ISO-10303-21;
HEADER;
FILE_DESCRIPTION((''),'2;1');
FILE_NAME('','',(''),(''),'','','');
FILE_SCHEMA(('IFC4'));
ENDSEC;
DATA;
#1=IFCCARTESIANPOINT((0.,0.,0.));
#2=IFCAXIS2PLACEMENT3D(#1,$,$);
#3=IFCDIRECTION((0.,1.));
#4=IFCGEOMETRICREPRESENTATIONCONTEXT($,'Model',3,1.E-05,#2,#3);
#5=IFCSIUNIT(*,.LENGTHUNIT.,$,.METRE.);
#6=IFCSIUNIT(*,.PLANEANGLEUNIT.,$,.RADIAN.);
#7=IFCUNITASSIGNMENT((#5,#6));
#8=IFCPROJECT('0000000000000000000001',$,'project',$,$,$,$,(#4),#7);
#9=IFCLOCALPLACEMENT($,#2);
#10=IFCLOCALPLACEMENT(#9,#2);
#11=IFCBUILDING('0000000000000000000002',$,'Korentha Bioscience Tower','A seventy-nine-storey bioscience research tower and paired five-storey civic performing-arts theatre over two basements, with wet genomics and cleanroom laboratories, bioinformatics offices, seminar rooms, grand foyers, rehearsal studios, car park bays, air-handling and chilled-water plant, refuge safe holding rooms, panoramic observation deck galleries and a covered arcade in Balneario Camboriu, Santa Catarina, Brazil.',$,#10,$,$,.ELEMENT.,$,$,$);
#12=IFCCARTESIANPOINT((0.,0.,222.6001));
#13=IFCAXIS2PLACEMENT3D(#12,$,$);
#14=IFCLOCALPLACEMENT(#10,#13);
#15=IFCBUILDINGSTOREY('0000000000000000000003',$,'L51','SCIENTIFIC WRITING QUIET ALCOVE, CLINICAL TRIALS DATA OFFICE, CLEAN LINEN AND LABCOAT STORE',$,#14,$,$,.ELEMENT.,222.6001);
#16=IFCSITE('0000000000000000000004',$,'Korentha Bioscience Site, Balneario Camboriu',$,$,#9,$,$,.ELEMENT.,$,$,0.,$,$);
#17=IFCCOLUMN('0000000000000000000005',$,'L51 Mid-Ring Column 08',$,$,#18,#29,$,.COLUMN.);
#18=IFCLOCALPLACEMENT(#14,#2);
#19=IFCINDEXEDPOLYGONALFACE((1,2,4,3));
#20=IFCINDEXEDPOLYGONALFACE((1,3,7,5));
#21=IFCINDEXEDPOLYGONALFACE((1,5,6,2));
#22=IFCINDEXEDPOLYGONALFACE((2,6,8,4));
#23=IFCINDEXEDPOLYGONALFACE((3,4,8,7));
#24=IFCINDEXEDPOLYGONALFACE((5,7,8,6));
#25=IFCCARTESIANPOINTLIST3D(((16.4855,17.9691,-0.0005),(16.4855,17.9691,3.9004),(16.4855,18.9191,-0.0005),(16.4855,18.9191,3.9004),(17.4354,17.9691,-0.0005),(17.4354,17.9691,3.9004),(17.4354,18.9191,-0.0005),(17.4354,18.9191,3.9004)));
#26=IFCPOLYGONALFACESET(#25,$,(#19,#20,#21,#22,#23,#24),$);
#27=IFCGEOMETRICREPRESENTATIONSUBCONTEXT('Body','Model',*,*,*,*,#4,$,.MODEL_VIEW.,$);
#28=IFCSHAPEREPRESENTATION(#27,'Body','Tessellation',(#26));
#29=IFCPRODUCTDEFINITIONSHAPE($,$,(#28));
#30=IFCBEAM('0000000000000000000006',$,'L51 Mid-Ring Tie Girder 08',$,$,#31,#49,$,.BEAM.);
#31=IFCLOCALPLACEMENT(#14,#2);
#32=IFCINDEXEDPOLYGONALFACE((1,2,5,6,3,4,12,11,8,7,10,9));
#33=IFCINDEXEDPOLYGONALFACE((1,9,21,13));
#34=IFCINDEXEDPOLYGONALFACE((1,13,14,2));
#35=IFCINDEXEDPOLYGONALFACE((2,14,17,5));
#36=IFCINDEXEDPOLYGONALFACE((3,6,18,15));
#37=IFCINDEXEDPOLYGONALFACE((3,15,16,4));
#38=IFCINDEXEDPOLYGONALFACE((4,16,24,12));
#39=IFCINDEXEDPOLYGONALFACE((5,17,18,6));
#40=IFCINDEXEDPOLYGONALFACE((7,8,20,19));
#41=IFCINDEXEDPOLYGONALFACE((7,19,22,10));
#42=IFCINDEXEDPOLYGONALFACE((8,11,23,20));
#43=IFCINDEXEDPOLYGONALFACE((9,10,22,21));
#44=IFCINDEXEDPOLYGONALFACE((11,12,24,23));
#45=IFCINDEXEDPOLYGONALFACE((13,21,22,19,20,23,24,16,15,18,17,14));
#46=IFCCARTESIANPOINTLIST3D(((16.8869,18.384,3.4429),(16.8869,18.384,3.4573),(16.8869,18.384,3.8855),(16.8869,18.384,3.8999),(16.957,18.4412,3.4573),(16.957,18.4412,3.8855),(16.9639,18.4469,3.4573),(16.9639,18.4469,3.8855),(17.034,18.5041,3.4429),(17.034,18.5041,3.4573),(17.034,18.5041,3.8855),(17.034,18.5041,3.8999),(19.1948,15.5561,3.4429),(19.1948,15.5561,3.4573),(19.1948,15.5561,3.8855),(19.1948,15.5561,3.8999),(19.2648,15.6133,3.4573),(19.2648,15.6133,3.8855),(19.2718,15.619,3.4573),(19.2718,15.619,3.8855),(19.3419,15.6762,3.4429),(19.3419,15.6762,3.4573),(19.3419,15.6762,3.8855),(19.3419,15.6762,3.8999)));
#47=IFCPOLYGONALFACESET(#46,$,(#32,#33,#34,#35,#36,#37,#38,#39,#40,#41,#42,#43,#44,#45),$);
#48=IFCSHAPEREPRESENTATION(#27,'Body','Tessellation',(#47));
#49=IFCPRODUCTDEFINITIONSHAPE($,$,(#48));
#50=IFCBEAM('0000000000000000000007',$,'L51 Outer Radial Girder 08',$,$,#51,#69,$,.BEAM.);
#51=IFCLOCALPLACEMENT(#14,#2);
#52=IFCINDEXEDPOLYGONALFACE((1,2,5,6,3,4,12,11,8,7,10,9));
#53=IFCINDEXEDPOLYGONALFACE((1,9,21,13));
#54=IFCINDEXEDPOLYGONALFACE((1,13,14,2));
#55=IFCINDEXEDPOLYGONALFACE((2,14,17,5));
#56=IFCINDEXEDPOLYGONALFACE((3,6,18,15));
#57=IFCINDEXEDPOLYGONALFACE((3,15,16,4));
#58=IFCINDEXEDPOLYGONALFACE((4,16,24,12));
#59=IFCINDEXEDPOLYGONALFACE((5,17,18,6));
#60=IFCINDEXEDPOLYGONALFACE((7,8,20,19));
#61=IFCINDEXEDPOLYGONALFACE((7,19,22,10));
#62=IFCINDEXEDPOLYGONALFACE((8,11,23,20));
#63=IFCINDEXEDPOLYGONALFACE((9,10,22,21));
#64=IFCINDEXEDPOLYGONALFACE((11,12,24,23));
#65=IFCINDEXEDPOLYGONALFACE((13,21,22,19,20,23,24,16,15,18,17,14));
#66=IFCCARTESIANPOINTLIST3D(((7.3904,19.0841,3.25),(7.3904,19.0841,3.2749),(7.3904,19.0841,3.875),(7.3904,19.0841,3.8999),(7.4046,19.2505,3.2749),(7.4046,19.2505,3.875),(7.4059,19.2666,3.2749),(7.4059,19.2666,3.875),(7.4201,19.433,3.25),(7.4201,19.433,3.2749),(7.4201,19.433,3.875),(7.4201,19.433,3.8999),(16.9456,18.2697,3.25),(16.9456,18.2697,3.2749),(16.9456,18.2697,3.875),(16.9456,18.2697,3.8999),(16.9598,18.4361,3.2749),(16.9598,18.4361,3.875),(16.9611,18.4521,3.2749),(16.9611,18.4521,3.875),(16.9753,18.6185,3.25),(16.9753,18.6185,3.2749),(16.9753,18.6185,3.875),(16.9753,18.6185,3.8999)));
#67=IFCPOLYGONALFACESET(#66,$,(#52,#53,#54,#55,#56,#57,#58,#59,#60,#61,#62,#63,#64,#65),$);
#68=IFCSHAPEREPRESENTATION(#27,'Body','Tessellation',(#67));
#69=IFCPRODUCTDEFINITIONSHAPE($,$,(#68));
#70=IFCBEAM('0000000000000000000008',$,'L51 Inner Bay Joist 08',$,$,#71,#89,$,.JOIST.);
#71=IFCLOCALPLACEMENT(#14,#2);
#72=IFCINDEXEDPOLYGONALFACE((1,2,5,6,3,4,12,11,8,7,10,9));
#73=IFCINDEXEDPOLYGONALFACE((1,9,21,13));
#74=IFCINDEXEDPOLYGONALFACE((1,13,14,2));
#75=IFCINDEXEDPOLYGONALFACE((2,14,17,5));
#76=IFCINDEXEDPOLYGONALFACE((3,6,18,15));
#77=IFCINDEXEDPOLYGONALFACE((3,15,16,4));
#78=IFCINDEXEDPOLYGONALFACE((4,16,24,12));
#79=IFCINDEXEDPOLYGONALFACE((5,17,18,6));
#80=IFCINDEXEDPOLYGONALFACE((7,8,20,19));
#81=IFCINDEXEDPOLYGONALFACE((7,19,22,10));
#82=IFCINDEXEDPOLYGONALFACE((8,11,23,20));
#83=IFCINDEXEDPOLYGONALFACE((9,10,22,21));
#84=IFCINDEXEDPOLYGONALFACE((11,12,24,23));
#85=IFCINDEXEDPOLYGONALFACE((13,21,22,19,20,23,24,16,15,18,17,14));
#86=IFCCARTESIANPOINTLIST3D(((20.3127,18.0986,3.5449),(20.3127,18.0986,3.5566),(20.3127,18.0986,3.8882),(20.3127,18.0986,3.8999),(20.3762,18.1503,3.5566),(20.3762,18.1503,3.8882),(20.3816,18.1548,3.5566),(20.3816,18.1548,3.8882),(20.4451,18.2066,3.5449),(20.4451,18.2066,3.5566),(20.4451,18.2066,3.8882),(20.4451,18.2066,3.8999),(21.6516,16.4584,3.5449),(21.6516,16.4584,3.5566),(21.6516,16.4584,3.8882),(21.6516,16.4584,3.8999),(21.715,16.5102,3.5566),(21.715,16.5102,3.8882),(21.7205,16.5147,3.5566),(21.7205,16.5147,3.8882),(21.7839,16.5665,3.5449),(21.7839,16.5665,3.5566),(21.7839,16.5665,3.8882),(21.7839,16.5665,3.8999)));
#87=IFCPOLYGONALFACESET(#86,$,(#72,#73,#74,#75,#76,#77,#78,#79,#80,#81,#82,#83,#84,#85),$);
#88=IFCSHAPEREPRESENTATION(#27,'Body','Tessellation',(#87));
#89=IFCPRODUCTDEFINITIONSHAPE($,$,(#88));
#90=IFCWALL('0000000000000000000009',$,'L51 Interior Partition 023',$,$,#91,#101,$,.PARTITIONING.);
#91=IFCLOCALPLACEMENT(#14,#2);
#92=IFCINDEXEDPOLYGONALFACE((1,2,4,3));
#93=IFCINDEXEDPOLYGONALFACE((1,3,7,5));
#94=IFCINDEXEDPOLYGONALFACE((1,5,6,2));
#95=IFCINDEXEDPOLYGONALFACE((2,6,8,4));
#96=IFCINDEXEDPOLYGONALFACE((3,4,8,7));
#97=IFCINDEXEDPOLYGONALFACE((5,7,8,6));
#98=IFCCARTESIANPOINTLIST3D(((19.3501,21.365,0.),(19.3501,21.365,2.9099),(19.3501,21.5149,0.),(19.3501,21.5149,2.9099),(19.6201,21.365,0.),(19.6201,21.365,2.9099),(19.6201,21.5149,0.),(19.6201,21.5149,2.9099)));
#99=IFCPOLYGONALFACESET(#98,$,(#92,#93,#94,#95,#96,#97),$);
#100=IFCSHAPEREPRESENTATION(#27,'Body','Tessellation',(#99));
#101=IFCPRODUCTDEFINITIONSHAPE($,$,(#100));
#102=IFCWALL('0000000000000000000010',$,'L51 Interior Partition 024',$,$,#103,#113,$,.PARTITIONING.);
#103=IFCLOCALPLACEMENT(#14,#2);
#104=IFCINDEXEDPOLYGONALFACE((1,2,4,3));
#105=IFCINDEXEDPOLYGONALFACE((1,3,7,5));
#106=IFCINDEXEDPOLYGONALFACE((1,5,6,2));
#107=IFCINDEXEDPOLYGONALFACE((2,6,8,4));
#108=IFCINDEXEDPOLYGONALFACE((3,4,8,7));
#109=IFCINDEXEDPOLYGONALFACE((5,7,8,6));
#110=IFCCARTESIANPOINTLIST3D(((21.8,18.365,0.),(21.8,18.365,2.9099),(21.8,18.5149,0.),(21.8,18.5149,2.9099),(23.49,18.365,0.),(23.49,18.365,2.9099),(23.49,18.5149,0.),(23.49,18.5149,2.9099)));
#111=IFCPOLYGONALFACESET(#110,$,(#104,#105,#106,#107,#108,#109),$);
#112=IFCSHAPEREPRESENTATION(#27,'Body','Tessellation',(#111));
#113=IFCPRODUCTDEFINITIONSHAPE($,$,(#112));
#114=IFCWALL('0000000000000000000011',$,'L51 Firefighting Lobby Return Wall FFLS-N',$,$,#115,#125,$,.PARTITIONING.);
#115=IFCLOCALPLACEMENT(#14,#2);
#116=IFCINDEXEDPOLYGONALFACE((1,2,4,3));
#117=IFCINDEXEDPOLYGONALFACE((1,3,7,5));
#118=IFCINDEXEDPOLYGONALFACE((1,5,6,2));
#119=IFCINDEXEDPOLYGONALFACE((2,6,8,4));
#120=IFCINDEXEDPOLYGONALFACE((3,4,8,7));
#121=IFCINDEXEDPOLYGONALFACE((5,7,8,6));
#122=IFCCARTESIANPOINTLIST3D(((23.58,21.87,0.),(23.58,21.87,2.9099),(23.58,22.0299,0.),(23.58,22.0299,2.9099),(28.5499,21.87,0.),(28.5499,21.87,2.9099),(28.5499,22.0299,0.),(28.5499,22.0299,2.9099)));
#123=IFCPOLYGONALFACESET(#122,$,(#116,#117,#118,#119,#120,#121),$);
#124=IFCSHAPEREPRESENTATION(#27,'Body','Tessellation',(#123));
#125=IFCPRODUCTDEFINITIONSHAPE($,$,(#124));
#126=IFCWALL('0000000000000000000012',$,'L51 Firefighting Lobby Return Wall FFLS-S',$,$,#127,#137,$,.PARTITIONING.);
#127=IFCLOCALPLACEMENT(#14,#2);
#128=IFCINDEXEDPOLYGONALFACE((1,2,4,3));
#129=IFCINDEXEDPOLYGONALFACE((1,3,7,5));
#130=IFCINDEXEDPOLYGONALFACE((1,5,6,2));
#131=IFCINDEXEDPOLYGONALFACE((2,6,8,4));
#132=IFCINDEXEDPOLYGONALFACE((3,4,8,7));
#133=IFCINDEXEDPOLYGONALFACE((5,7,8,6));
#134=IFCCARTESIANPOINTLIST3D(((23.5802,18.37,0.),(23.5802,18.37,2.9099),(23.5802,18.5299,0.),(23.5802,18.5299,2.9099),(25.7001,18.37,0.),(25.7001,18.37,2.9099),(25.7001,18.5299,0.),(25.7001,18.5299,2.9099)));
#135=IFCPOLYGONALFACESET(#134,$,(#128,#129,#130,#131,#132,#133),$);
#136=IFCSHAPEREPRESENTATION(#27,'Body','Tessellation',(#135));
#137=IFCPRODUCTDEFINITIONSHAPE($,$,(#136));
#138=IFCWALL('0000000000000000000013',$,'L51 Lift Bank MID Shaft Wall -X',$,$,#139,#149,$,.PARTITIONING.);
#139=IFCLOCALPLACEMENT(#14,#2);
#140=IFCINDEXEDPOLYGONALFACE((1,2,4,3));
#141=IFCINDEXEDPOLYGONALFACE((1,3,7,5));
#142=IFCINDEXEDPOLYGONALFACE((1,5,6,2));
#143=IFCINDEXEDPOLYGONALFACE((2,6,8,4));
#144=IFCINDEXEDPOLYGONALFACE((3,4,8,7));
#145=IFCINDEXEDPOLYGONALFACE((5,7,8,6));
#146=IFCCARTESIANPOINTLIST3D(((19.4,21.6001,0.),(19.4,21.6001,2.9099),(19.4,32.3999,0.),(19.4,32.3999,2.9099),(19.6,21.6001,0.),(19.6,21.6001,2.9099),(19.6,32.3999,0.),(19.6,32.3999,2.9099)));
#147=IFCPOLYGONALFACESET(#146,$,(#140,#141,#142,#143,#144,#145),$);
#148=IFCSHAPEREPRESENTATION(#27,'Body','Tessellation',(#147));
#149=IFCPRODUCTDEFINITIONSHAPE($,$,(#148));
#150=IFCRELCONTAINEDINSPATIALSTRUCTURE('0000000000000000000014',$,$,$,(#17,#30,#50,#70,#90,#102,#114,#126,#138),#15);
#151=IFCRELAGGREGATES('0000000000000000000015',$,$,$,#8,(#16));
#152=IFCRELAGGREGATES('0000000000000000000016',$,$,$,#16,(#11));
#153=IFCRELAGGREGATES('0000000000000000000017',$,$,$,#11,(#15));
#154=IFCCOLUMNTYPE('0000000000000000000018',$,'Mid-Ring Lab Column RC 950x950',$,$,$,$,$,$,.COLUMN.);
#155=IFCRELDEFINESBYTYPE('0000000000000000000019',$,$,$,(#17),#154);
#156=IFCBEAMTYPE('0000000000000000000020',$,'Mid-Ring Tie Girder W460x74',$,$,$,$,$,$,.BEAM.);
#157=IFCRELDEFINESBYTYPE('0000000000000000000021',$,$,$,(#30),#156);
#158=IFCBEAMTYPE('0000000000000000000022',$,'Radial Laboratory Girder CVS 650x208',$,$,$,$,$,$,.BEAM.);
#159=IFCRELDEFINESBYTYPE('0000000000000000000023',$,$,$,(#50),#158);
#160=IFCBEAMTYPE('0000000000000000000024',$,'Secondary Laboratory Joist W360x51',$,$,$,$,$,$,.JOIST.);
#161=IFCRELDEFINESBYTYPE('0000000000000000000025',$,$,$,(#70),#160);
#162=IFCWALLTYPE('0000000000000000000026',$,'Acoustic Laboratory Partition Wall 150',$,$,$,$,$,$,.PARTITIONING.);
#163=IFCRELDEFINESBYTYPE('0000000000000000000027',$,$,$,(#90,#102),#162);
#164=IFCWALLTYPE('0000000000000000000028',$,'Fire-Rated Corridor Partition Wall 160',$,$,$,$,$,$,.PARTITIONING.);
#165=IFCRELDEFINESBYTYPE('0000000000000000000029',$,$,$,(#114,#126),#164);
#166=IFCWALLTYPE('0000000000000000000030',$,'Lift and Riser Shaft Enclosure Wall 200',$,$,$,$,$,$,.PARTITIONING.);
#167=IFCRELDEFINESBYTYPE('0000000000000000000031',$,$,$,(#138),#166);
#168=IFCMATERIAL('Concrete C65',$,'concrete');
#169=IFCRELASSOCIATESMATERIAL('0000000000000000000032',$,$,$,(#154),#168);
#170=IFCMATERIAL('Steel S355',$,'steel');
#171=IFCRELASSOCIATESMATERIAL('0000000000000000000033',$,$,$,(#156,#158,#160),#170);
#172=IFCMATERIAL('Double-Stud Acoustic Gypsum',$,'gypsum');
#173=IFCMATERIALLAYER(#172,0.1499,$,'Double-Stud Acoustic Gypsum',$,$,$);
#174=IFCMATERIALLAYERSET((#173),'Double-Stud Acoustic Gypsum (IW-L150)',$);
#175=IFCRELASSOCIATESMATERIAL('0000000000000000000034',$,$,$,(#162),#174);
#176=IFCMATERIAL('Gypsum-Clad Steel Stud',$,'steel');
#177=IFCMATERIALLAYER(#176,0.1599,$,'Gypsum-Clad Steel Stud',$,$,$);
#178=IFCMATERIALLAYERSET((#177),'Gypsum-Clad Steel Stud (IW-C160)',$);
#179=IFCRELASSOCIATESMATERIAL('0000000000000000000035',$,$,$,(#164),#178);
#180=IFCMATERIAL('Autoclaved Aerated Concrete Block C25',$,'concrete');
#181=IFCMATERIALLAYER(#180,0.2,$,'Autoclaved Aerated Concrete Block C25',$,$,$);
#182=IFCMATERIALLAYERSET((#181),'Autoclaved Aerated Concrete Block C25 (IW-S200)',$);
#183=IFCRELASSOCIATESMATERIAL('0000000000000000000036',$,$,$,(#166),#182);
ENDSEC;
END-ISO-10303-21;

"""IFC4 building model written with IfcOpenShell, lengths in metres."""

from ifc_helpers import new_model, si_unit, direction, frame, frame_2d, origin, origin_2d, place, context, subcontext, project, spatial, rectangle, i_section, extrude, material, layer, layer_set, material_profile, profile_set, type_object, element, save


model = new_model("IFC4")

# Units and contexts
model_context = context("Model", 3, precision=1e-05, world=origin(), true_north=direction((0.0, 1.0)))
body_context = subcontext(model_context, "Body", "Model", "MODEL_VIEW")
ifc_project = project(units=[si_unit("LENGTHUNIT", "METRE"), si_unit("PLANEANGLEUNIT", "RADIAN")], contexts=[model_context])

# Site, building, storey
site_placement = place(None, origin())
site = spatial("IfcSite", under=ifc_project, at=site_placement, Name="Korentha Bioscience Site, Balneario Camboriu", CompositionType="ELEMENT", RefElevation=0.0)
building_placement = place(site_placement, origin())
building = spatial("IfcBuilding", under=site, at=building_placement, Name="Korentha Bioscience Tower", Description="A seventy-nine-storey bioscience research tower and paired five-storey civic performing-arts theatre over two basements, with wet genomics and cleanroom laboratories, bioinformatics offices, seminar rooms, grand foyers, rehearsal studios, car park bays, air-handling and chilled-water plant, refuge safe holding rooms, panoramic observation deck galleries and a covered arcade in Balneario Camboriu, Santa Catarina, Brazil.", CompositionType="ELEMENT")
storey_placement = place(building_placement, frame((0.0, 0.0, 222.6001)))
storey = spatial("IfcBuildingStorey", under=building, at=storey_placement, Name="L51", Description="SCIENTIFIC WRITING QUIET ALCOVE, CLINICAL TRIALS DATA OFFICE, CLEAN LINEN AND LABCOAT STORE", CompositionType="ELEMENT", Elevation=222.6001)

# Column
ifc_material_1 = material(Name="Concrete C65", Category="concrete")
ifc_material_profile_1 = material_profile(ifc_material_1, rectangle(XDim=0.95, YDim=0.95, at=origin_2d()), Name="Concrete C65")
ifc_profile_set_1 = profile_set([ifc_material_profile_1], Name="Concrete C65 (COL-MR09)")
column_type = type_object("IfcColumnType", Name="Mid-Ring Lab Column RC 950x950", PredefinedType="COLUMN", material=ifc_profile_set_1)
column_placement = place(storey_placement, frame((16.9604, 18.4441, -0.0005), z_axis=(0.0, 0.0, 1.0), x_axis=(1.0, 0.0, 0.0)))
element("IfcColumn", 1, at=column_placement, inside=storey, type_object=column_type, Name="L51 Mid-Ring Column 08", PredefinedType="COLUMN", context=body_context, shape_type="SweptSolid", body=[
    extrude(rectangle(XDim=0.95, YDim=0.95, at=origin_2d()), origin(), (0.0, 0.0, 1.0), 3.9009),
])

# Beams
ifc_material_2 = material(Name="Steel S355", Category="steel")
ifc_material_profile_2 = material_profile(ifc_material_2, i_section(OverallWidth=0.1899, OverallDepth=0.457, WebThickness=0.009, FlangeThickness=0.0144, at=origin_2d()), Name="Steel S355")
ifc_profile_set_2 = profile_set([ifc_material_profile_2], Name="Steel S355 (MB-460)")
beam_type_1 = type_object("IfcBeamType", Name="Mid-Ring Tie Girder W460x74", PredefinedType="BEAM", material=ifc_profile_set_2)
beam_1_placement = place(storey_placement, frame((16.9604, 18.4441, 3.6714), z_axis=(0.632276, -0.774743, 0.0), x_axis=(0.774743, 0.632276, 0.0)))
element("IfcBeam", 2, at=beam_1_placement, inside=storey, type_object=beam_type_1, Name="L51 Mid-Ring Tie Girder 08", PredefinedType="BEAM", context=body_context, shape_type="SweptSolid", body=[
    extrude(i_section(OverallWidth=0.1899, OverallDepth=0.457, WebThickness=0.009, FlangeThickness=0.0144, at=origin_2d()), origin(), (0.0, 0.0, 1.0), 3.6501),
])
ifc_material_profile_3 = material_profile(ifc_material_2, i_section(OverallWidth=0.3501, OverallDepth=0.6499, WebThickness=0.0161, FlangeThickness=0.0249, at=origin_2d()), Name="Steel S355")
ifc_profile_set_3 = profile_set([ifc_material_profile_3], Name="Steel S355 (RB-650)")
beam_type_2 = type_object("IfcBeamType", Name="Radial Laboratory Girder CVS 650x208", PredefinedType="BEAM", material=ifc_profile_set_3)
beam_2_placement = place(storey_placement, frame((16.9604, 18.4441, 3.575), z_axis=(-0.996387, 0.084929, 0.0), x_axis=(-0.084929, -0.996387, 0.0)))
element("IfcBeam", 3, at=beam_2_placement, inside=storey, type_object=beam_type_2, Name="L51 Outer Radial Girder 08", PredefinedType="BEAM", context=body_context, shape_type="SweptSolid", body=[
    extrude(i_section(OverallWidth=0.3501, OverallDepth=0.6499, WebThickness=0.0161, FlangeThickness=0.0249, at=origin_2d()), origin(), (0.0, 0.0, 1.0), 9.5898),
])
ifc_material_profile_4 = material_profile(ifc_material_2, i_section(OverallWidth=0.1709, OverallDepth=0.355, WebThickness=0.0071, FlangeThickness=0.0117, at=origin_2d()), Name="Steel S355")
ifc_profile_set_4 = profile_set([ifc_material_profile_4], Name="Steel S355 (JB-360)")
beam_type_3 = type_object("IfcBeamType", Name="Secondary Laboratory Joist W360x51", PredefinedType="JOIST", material=ifc_profile_set_4)
beam_3_placement = place(storey_placement, frame((20.3789, 18.1526, 3.7224), z_axis=(0.632371, -0.774666, 0.0), x_axis=(0.774666, 0.632371, 0.0)))
element("IfcBeam", 4, at=beam_3_placement, inside=storey, type_object=beam_type_3, Name="L51 Inner Bay Joist 08", PredefinedType="JOIST", context=body_context, shape_type="SweptSolid", body=[
    extrude(i_section(OverallWidth=0.1709, OverallDepth=0.355, WebThickness=0.0071, FlangeThickness=0.0117, at=origin_2d()), origin(), (0.0, 0.0, 1.0), 2.1172),
])

# Shared definitions
ifc_material_3 = material(Name="Double-Stud Acoustic Gypsum", Category="gypsum")
ifc_layer_1 = layer(ifc_material_3, 0.1499, Name="Double-Stud Acoustic Gypsum")
ifc_layer_set_1 = layer_set([ifc_layer_1], Name="Double-Stud Acoustic Gypsum (IW-L150)")
wall_type_1 = type_object("IfcWallType", Name="Acoustic Laboratory Partition Wall 150", PredefinedType="PARTITIONING", material=ifc_layer_set_1)

# Walls
wall_1_placement = place(storey_placement, frame((19.3501, 21.4399, 0.0), z_axis=(0.0, 0.0, 1.0), x_axis=(1.0, 0.0, 0.0)))
element("IfcWall", 5, at=wall_1_placement, inside=storey, type_object=wall_type_1, Name="L51 Interior Partition 023", PredefinedType="PARTITIONING", context=body_context, shape_type="SweptSolid", body=[
    extrude(rectangle(XDim=0.27, YDim=0.1499, at=frame_2d((0.135, 0.0))), origin(), (0.0, 0.0, 1.0), 2.9099),
])
wall_2_placement = place(storey_placement, frame((21.8, 18.4399, 0.0), z_axis=(0.0, 0.0, 1.0), x_axis=(1.0, 0.0, 0.0)))
element("IfcWall", 6, at=wall_2_placement, inside=storey, type_object=wall_type_1, Name="L51 Interior Partition 024", PredefinedType="PARTITIONING", context=body_context, shape_type="SweptSolid", body=[
    extrude(rectangle(XDim=1.6899, YDim=0.1499, at=frame_2d((0.845, 0.0))), origin(), (0.0, 0.0, 1.0), 2.9099),
])

# Shared definitions
ifc_material_4 = material(Name="Gypsum-Clad Steel Stud", Category="steel")
ifc_layer_2 = layer(ifc_material_4, 0.1599, Name="Gypsum-Clad Steel Stud")
ifc_layer_set_2 = layer_set([ifc_layer_2], Name="Gypsum-Clad Steel Stud (IW-C160)")
wall_type_2 = type_object("IfcWallType", Name="Fire-Rated Corridor Partition Wall 160", PredefinedType="PARTITIONING", material=ifc_layer_set_2)

# Walls
wall_3_placement = place(storey_placement, frame((23.5801, 21.95, 0.0), z_axis=(0.0, 0.0, 1.0), x_axis=(1.0, 0.0, 0.0)))
element("IfcWall", 7, at=wall_3_placement, inside=storey, type_object=wall_type_2, Name="L51 Firefighting Lobby Return Wall FFLS-N", PredefinedType="PARTITIONING", context=body_context, shape_type="SweptSolid", body=[
    extrude(rectangle(XDim=4.97, YDim=0.1599, at=frame_2d((2.4849, 0.0))), origin(), (0.0, 0.0, 1.0), 2.9099),
])
wall_4_placement = place(storey_placement, frame((23.5801, 18.45, 0.0), z_axis=(0.0, 0.0, 1.0), x_axis=(1.0, 0.0, 0.0)))
element("IfcWall", 8, at=wall_4_placement, inside=storey, type_object=wall_type_2, Name="L51 Firefighting Lobby Return Wall FFLS-S", PredefinedType="PARTITIONING", context=body_context, shape_type="SweptSolid", body=[
    extrude(rectangle(XDim=2.1199, YDim=0.1599, at=frame_2d((1.0601, 0.0))), origin(), (0.0, 0.0, 1.0), 2.9099),
])
ifc_material_5 = material(Name="Autoclaved Aerated Concrete Block C25", Category="concrete")
ifc_layer_3 = layer(ifc_material_5, 0.2, Name="Autoclaved Aerated Concrete Block C25")
ifc_layer_set_3 = layer_set([ifc_layer_3], Name="Autoclaved Aerated Concrete Block C25 (IW-S200)")
wall_type_3 = type_object("IfcWallType", Name="Lift and Riser Shaft Enclosure Wall 200", PredefinedType="PARTITIONING", material=ifc_layer_set_3)
wall_5_placement = place(storey_placement, frame((19.5, 21.6001, 0.0), z_axis=(0.0, 0.0, 1.0), x_axis=(0.0, 1.0, 0.0)))
element("IfcWall", 9, at=wall_5_placement, inside=storey, type_object=wall_type_3, Name="L51 Lift Bank MID Shaft Wall -X", PredefinedType="PARTITIONING", context=body_context, shape_type="SweptSolid", body=[
    extrude(rectangle(XDim=10.7998, YDim=0.2, at=frame_2d((5.3999, 0.0))), origin(), (0.0, 0.0, 1.0), 2.9099),
])

save(model, "model.ifc")
